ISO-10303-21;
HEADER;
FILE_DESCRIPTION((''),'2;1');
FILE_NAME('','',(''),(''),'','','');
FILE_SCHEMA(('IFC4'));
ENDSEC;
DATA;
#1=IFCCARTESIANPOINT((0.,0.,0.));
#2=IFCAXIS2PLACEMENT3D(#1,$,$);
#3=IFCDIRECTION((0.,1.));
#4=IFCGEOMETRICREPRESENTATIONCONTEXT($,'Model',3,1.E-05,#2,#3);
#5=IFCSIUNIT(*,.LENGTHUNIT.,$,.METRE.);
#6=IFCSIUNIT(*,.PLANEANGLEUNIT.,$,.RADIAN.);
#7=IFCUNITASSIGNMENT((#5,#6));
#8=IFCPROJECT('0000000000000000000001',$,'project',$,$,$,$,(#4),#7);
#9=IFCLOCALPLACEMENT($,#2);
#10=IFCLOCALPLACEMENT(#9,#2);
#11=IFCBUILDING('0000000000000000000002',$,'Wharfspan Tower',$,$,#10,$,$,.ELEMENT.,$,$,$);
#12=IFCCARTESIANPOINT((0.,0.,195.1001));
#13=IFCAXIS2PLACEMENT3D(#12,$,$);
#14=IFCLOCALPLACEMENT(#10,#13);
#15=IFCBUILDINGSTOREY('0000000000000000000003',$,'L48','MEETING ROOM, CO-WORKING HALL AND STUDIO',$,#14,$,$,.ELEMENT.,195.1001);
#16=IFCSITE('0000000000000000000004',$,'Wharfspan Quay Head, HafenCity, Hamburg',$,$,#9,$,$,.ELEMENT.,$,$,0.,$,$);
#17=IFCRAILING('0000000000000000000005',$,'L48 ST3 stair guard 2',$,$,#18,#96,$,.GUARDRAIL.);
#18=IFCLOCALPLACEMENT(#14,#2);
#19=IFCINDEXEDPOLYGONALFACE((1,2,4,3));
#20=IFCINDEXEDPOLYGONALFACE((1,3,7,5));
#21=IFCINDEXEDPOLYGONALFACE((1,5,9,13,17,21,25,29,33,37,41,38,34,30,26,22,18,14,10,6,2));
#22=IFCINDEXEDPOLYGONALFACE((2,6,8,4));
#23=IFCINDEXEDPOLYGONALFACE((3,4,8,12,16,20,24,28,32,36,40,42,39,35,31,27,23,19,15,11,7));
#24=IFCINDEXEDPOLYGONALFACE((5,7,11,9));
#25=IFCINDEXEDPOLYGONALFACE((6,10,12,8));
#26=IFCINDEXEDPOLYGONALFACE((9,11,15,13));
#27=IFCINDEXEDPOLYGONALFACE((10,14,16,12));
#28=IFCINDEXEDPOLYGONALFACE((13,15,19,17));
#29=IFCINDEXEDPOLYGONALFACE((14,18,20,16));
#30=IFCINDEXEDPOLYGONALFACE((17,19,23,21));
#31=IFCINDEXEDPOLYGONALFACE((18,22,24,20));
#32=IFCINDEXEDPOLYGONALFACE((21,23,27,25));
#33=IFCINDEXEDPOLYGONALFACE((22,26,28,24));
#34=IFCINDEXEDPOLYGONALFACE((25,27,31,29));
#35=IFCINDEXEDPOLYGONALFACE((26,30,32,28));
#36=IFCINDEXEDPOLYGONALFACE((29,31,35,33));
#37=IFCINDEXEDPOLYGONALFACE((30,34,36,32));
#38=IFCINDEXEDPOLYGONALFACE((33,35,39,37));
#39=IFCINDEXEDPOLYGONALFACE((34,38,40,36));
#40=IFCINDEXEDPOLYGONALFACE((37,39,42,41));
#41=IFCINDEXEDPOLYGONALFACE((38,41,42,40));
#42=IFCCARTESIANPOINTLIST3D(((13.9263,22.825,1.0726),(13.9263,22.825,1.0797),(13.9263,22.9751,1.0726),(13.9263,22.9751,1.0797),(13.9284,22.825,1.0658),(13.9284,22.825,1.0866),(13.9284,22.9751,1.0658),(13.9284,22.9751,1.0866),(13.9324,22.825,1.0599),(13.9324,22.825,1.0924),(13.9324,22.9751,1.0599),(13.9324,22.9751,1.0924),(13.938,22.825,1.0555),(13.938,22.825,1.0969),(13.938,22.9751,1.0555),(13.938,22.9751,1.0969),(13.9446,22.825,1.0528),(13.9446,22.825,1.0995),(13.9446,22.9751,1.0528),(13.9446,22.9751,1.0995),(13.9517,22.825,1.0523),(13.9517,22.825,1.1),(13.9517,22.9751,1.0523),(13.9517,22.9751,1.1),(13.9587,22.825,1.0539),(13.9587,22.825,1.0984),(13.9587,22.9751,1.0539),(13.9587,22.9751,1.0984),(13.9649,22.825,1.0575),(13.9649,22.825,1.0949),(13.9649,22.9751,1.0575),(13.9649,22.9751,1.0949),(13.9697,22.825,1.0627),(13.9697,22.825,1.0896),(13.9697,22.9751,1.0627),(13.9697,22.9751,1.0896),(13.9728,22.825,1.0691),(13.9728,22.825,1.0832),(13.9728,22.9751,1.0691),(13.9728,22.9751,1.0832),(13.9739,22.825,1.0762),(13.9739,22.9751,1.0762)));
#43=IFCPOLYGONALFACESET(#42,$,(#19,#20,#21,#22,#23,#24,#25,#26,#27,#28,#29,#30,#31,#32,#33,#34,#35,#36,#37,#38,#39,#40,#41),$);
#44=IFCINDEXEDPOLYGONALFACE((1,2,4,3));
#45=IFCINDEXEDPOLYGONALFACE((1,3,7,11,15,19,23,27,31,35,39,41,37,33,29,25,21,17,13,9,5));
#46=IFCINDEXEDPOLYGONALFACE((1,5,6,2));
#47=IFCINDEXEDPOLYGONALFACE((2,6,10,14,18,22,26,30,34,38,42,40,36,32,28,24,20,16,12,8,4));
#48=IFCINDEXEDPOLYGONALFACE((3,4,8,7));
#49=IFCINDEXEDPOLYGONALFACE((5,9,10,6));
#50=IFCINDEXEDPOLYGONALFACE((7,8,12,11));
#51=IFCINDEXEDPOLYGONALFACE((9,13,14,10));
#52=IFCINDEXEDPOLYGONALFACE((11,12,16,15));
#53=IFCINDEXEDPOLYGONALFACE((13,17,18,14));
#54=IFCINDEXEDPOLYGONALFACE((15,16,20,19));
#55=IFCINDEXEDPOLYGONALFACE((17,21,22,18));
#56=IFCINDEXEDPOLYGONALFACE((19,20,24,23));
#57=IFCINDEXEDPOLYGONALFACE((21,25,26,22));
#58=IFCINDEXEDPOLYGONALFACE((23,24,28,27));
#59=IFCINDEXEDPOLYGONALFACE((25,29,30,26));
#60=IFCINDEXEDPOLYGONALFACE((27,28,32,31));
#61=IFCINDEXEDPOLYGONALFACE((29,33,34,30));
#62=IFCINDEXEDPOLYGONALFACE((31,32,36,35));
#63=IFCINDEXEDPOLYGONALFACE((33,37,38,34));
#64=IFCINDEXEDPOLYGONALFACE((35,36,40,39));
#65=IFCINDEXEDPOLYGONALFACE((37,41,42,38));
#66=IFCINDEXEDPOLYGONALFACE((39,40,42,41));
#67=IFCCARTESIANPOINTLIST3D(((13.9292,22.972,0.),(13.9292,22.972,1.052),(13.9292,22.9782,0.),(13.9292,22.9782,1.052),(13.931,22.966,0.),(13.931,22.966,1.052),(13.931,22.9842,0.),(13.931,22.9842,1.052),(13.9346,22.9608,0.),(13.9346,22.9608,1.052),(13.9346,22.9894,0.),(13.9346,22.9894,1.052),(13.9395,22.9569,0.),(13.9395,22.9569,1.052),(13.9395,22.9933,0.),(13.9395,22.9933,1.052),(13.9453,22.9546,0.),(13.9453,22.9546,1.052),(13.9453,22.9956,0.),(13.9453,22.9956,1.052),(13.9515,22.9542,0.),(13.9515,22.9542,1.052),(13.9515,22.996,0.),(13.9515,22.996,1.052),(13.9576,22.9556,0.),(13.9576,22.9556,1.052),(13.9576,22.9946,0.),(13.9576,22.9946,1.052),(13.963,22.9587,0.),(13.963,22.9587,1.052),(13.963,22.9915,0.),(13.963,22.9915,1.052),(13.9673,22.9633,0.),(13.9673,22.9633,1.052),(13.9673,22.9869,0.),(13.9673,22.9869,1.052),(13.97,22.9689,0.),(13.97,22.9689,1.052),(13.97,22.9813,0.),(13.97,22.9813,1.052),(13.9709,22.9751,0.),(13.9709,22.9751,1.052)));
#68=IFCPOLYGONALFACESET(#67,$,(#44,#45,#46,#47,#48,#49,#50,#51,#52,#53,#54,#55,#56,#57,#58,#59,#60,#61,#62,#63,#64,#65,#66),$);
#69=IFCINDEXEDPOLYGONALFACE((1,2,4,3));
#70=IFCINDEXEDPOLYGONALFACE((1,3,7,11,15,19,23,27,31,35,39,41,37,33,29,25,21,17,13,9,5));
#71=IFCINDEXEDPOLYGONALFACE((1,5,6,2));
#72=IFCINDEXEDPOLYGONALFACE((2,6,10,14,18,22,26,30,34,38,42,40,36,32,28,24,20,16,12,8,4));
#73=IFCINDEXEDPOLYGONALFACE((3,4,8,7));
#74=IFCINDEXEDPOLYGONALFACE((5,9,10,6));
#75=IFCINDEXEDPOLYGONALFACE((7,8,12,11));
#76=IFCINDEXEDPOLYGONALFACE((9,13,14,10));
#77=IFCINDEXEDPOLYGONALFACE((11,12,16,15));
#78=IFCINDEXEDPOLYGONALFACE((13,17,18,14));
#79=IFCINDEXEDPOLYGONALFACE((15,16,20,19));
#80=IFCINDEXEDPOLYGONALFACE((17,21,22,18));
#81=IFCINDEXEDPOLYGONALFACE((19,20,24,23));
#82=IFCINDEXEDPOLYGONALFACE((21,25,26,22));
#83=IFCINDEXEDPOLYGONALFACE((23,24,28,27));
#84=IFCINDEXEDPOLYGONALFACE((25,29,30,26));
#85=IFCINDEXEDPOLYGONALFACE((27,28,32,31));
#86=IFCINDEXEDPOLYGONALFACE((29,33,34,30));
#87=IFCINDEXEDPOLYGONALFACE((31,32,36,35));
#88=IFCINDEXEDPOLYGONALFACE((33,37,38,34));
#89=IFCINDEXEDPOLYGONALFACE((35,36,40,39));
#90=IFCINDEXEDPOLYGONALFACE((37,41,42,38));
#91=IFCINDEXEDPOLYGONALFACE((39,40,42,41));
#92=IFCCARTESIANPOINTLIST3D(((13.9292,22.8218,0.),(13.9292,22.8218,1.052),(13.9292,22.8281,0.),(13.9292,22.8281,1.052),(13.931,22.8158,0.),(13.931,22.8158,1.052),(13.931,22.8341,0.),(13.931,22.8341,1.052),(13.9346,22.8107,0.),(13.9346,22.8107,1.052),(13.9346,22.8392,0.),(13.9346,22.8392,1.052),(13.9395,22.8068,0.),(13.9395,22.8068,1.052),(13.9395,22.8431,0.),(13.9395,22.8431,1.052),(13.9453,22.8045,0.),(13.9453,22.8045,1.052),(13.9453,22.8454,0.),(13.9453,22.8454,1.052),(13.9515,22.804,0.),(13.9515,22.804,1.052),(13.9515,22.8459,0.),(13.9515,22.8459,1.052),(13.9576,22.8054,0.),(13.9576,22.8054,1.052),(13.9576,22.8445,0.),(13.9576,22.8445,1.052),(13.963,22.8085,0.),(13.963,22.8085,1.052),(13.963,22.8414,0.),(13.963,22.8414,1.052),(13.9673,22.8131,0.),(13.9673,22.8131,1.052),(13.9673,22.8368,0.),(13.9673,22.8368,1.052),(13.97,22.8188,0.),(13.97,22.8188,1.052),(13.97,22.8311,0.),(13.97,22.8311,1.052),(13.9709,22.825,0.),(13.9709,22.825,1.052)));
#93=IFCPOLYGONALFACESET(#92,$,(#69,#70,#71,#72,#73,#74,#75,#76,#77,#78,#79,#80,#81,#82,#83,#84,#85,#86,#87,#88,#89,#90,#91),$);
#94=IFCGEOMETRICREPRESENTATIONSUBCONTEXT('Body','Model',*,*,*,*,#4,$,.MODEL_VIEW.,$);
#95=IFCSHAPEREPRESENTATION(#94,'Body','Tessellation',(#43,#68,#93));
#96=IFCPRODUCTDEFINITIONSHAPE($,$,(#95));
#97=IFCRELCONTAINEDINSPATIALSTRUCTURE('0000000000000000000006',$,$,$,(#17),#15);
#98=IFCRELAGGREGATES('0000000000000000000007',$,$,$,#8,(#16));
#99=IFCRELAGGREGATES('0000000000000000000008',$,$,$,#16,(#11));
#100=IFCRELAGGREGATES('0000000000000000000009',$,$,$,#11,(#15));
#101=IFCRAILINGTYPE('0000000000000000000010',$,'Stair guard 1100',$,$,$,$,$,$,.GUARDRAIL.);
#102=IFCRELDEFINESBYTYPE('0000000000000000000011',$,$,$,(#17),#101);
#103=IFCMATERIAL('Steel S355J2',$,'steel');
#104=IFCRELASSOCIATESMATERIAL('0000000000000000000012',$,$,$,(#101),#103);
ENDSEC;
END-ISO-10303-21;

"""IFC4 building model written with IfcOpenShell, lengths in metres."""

from ifc_helpers import new_model, si_unit, direction, frame, origin, origin_2d, place, context, subcontext, project, spatial, circle, extrude, material, type_object, element, save


model = new_model("IFC4")

# Units and contexts
model_context = context("Model", 3, precision=1e-05, world=origin(), true_north=direction((0.0, 1.0)))
body_context = subcontext(model_context, "Body", "Model", "MODEL_VIEW")
ifc_project = project(units=[si_unit("LENGTHUNIT", "METRE"), si_unit("PLANEANGLEUNIT", "RADIAN")], contexts=[model_context])

# Site, building, storey
site_placement = place(None, origin())
site = spatial("IfcSite", under=ifc_project, at=site_placement, Name="Wharfspan Quay Head, HafenCity, Hamburg", CompositionType="ELEMENT", RefElevation=0.0)
building_placement = place(site_placement, origin())
building = spatial("IfcBuilding", under=site, at=building_placement, Name="Wharfspan Tower", CompositionType="ELEMENT")
storey_placement = place(building_placement, frame((0.0, 0.0, 195.1001)))
storey = spatial("IfcBuildingStorey", under=building, at=storey_placement, Name="L48", Description="MEETING ROOM, CO-WORKING HALL AND STUDIO", CompositionType="ELEMENT", Elevation=195.1001)

# Railing
ifc_material_1 = material(Name="Steel S355J2", Category="steel")
railing_type_1 = type_object("IfcRailingType", Name="Stair guard 1100", PredefinedType="GUARDRAIL", material=ifc_material_1)
railing_1_placement = place(storey_placement, frame((13.95, 22.9751, 0.0)))
element("IfcRailing", 1, at=railing_1_placement, inside=storey, type_object=railing_type_1, Name="L48 ST3 stair guard 2", PredefinedType="GUARDRAIL", context=body_context, shape_type="SweptSolid", body=[
    extrude(circle(Radius=0.0239, at=origin_2d()), frame((0.0, 0.0, 1.0762), z_axis=(0.0, -1.0, 0.0), x_axis=(1.0, 0.0, 0.0)), (0.0, 0.0, 1.0), 0.1501),
    extrude(circle(Radius=0.021, at=origin_2d()), origin(), (0.0, 0.0, 1.0), 1.052),
    extrude(circle(Radius=0.021, at=origin_2d()), frame((0.0, -0.1501, 0.0)), (0.0, 0.0, 1.0), 1.052),
])

save(model, "model.ifc")
